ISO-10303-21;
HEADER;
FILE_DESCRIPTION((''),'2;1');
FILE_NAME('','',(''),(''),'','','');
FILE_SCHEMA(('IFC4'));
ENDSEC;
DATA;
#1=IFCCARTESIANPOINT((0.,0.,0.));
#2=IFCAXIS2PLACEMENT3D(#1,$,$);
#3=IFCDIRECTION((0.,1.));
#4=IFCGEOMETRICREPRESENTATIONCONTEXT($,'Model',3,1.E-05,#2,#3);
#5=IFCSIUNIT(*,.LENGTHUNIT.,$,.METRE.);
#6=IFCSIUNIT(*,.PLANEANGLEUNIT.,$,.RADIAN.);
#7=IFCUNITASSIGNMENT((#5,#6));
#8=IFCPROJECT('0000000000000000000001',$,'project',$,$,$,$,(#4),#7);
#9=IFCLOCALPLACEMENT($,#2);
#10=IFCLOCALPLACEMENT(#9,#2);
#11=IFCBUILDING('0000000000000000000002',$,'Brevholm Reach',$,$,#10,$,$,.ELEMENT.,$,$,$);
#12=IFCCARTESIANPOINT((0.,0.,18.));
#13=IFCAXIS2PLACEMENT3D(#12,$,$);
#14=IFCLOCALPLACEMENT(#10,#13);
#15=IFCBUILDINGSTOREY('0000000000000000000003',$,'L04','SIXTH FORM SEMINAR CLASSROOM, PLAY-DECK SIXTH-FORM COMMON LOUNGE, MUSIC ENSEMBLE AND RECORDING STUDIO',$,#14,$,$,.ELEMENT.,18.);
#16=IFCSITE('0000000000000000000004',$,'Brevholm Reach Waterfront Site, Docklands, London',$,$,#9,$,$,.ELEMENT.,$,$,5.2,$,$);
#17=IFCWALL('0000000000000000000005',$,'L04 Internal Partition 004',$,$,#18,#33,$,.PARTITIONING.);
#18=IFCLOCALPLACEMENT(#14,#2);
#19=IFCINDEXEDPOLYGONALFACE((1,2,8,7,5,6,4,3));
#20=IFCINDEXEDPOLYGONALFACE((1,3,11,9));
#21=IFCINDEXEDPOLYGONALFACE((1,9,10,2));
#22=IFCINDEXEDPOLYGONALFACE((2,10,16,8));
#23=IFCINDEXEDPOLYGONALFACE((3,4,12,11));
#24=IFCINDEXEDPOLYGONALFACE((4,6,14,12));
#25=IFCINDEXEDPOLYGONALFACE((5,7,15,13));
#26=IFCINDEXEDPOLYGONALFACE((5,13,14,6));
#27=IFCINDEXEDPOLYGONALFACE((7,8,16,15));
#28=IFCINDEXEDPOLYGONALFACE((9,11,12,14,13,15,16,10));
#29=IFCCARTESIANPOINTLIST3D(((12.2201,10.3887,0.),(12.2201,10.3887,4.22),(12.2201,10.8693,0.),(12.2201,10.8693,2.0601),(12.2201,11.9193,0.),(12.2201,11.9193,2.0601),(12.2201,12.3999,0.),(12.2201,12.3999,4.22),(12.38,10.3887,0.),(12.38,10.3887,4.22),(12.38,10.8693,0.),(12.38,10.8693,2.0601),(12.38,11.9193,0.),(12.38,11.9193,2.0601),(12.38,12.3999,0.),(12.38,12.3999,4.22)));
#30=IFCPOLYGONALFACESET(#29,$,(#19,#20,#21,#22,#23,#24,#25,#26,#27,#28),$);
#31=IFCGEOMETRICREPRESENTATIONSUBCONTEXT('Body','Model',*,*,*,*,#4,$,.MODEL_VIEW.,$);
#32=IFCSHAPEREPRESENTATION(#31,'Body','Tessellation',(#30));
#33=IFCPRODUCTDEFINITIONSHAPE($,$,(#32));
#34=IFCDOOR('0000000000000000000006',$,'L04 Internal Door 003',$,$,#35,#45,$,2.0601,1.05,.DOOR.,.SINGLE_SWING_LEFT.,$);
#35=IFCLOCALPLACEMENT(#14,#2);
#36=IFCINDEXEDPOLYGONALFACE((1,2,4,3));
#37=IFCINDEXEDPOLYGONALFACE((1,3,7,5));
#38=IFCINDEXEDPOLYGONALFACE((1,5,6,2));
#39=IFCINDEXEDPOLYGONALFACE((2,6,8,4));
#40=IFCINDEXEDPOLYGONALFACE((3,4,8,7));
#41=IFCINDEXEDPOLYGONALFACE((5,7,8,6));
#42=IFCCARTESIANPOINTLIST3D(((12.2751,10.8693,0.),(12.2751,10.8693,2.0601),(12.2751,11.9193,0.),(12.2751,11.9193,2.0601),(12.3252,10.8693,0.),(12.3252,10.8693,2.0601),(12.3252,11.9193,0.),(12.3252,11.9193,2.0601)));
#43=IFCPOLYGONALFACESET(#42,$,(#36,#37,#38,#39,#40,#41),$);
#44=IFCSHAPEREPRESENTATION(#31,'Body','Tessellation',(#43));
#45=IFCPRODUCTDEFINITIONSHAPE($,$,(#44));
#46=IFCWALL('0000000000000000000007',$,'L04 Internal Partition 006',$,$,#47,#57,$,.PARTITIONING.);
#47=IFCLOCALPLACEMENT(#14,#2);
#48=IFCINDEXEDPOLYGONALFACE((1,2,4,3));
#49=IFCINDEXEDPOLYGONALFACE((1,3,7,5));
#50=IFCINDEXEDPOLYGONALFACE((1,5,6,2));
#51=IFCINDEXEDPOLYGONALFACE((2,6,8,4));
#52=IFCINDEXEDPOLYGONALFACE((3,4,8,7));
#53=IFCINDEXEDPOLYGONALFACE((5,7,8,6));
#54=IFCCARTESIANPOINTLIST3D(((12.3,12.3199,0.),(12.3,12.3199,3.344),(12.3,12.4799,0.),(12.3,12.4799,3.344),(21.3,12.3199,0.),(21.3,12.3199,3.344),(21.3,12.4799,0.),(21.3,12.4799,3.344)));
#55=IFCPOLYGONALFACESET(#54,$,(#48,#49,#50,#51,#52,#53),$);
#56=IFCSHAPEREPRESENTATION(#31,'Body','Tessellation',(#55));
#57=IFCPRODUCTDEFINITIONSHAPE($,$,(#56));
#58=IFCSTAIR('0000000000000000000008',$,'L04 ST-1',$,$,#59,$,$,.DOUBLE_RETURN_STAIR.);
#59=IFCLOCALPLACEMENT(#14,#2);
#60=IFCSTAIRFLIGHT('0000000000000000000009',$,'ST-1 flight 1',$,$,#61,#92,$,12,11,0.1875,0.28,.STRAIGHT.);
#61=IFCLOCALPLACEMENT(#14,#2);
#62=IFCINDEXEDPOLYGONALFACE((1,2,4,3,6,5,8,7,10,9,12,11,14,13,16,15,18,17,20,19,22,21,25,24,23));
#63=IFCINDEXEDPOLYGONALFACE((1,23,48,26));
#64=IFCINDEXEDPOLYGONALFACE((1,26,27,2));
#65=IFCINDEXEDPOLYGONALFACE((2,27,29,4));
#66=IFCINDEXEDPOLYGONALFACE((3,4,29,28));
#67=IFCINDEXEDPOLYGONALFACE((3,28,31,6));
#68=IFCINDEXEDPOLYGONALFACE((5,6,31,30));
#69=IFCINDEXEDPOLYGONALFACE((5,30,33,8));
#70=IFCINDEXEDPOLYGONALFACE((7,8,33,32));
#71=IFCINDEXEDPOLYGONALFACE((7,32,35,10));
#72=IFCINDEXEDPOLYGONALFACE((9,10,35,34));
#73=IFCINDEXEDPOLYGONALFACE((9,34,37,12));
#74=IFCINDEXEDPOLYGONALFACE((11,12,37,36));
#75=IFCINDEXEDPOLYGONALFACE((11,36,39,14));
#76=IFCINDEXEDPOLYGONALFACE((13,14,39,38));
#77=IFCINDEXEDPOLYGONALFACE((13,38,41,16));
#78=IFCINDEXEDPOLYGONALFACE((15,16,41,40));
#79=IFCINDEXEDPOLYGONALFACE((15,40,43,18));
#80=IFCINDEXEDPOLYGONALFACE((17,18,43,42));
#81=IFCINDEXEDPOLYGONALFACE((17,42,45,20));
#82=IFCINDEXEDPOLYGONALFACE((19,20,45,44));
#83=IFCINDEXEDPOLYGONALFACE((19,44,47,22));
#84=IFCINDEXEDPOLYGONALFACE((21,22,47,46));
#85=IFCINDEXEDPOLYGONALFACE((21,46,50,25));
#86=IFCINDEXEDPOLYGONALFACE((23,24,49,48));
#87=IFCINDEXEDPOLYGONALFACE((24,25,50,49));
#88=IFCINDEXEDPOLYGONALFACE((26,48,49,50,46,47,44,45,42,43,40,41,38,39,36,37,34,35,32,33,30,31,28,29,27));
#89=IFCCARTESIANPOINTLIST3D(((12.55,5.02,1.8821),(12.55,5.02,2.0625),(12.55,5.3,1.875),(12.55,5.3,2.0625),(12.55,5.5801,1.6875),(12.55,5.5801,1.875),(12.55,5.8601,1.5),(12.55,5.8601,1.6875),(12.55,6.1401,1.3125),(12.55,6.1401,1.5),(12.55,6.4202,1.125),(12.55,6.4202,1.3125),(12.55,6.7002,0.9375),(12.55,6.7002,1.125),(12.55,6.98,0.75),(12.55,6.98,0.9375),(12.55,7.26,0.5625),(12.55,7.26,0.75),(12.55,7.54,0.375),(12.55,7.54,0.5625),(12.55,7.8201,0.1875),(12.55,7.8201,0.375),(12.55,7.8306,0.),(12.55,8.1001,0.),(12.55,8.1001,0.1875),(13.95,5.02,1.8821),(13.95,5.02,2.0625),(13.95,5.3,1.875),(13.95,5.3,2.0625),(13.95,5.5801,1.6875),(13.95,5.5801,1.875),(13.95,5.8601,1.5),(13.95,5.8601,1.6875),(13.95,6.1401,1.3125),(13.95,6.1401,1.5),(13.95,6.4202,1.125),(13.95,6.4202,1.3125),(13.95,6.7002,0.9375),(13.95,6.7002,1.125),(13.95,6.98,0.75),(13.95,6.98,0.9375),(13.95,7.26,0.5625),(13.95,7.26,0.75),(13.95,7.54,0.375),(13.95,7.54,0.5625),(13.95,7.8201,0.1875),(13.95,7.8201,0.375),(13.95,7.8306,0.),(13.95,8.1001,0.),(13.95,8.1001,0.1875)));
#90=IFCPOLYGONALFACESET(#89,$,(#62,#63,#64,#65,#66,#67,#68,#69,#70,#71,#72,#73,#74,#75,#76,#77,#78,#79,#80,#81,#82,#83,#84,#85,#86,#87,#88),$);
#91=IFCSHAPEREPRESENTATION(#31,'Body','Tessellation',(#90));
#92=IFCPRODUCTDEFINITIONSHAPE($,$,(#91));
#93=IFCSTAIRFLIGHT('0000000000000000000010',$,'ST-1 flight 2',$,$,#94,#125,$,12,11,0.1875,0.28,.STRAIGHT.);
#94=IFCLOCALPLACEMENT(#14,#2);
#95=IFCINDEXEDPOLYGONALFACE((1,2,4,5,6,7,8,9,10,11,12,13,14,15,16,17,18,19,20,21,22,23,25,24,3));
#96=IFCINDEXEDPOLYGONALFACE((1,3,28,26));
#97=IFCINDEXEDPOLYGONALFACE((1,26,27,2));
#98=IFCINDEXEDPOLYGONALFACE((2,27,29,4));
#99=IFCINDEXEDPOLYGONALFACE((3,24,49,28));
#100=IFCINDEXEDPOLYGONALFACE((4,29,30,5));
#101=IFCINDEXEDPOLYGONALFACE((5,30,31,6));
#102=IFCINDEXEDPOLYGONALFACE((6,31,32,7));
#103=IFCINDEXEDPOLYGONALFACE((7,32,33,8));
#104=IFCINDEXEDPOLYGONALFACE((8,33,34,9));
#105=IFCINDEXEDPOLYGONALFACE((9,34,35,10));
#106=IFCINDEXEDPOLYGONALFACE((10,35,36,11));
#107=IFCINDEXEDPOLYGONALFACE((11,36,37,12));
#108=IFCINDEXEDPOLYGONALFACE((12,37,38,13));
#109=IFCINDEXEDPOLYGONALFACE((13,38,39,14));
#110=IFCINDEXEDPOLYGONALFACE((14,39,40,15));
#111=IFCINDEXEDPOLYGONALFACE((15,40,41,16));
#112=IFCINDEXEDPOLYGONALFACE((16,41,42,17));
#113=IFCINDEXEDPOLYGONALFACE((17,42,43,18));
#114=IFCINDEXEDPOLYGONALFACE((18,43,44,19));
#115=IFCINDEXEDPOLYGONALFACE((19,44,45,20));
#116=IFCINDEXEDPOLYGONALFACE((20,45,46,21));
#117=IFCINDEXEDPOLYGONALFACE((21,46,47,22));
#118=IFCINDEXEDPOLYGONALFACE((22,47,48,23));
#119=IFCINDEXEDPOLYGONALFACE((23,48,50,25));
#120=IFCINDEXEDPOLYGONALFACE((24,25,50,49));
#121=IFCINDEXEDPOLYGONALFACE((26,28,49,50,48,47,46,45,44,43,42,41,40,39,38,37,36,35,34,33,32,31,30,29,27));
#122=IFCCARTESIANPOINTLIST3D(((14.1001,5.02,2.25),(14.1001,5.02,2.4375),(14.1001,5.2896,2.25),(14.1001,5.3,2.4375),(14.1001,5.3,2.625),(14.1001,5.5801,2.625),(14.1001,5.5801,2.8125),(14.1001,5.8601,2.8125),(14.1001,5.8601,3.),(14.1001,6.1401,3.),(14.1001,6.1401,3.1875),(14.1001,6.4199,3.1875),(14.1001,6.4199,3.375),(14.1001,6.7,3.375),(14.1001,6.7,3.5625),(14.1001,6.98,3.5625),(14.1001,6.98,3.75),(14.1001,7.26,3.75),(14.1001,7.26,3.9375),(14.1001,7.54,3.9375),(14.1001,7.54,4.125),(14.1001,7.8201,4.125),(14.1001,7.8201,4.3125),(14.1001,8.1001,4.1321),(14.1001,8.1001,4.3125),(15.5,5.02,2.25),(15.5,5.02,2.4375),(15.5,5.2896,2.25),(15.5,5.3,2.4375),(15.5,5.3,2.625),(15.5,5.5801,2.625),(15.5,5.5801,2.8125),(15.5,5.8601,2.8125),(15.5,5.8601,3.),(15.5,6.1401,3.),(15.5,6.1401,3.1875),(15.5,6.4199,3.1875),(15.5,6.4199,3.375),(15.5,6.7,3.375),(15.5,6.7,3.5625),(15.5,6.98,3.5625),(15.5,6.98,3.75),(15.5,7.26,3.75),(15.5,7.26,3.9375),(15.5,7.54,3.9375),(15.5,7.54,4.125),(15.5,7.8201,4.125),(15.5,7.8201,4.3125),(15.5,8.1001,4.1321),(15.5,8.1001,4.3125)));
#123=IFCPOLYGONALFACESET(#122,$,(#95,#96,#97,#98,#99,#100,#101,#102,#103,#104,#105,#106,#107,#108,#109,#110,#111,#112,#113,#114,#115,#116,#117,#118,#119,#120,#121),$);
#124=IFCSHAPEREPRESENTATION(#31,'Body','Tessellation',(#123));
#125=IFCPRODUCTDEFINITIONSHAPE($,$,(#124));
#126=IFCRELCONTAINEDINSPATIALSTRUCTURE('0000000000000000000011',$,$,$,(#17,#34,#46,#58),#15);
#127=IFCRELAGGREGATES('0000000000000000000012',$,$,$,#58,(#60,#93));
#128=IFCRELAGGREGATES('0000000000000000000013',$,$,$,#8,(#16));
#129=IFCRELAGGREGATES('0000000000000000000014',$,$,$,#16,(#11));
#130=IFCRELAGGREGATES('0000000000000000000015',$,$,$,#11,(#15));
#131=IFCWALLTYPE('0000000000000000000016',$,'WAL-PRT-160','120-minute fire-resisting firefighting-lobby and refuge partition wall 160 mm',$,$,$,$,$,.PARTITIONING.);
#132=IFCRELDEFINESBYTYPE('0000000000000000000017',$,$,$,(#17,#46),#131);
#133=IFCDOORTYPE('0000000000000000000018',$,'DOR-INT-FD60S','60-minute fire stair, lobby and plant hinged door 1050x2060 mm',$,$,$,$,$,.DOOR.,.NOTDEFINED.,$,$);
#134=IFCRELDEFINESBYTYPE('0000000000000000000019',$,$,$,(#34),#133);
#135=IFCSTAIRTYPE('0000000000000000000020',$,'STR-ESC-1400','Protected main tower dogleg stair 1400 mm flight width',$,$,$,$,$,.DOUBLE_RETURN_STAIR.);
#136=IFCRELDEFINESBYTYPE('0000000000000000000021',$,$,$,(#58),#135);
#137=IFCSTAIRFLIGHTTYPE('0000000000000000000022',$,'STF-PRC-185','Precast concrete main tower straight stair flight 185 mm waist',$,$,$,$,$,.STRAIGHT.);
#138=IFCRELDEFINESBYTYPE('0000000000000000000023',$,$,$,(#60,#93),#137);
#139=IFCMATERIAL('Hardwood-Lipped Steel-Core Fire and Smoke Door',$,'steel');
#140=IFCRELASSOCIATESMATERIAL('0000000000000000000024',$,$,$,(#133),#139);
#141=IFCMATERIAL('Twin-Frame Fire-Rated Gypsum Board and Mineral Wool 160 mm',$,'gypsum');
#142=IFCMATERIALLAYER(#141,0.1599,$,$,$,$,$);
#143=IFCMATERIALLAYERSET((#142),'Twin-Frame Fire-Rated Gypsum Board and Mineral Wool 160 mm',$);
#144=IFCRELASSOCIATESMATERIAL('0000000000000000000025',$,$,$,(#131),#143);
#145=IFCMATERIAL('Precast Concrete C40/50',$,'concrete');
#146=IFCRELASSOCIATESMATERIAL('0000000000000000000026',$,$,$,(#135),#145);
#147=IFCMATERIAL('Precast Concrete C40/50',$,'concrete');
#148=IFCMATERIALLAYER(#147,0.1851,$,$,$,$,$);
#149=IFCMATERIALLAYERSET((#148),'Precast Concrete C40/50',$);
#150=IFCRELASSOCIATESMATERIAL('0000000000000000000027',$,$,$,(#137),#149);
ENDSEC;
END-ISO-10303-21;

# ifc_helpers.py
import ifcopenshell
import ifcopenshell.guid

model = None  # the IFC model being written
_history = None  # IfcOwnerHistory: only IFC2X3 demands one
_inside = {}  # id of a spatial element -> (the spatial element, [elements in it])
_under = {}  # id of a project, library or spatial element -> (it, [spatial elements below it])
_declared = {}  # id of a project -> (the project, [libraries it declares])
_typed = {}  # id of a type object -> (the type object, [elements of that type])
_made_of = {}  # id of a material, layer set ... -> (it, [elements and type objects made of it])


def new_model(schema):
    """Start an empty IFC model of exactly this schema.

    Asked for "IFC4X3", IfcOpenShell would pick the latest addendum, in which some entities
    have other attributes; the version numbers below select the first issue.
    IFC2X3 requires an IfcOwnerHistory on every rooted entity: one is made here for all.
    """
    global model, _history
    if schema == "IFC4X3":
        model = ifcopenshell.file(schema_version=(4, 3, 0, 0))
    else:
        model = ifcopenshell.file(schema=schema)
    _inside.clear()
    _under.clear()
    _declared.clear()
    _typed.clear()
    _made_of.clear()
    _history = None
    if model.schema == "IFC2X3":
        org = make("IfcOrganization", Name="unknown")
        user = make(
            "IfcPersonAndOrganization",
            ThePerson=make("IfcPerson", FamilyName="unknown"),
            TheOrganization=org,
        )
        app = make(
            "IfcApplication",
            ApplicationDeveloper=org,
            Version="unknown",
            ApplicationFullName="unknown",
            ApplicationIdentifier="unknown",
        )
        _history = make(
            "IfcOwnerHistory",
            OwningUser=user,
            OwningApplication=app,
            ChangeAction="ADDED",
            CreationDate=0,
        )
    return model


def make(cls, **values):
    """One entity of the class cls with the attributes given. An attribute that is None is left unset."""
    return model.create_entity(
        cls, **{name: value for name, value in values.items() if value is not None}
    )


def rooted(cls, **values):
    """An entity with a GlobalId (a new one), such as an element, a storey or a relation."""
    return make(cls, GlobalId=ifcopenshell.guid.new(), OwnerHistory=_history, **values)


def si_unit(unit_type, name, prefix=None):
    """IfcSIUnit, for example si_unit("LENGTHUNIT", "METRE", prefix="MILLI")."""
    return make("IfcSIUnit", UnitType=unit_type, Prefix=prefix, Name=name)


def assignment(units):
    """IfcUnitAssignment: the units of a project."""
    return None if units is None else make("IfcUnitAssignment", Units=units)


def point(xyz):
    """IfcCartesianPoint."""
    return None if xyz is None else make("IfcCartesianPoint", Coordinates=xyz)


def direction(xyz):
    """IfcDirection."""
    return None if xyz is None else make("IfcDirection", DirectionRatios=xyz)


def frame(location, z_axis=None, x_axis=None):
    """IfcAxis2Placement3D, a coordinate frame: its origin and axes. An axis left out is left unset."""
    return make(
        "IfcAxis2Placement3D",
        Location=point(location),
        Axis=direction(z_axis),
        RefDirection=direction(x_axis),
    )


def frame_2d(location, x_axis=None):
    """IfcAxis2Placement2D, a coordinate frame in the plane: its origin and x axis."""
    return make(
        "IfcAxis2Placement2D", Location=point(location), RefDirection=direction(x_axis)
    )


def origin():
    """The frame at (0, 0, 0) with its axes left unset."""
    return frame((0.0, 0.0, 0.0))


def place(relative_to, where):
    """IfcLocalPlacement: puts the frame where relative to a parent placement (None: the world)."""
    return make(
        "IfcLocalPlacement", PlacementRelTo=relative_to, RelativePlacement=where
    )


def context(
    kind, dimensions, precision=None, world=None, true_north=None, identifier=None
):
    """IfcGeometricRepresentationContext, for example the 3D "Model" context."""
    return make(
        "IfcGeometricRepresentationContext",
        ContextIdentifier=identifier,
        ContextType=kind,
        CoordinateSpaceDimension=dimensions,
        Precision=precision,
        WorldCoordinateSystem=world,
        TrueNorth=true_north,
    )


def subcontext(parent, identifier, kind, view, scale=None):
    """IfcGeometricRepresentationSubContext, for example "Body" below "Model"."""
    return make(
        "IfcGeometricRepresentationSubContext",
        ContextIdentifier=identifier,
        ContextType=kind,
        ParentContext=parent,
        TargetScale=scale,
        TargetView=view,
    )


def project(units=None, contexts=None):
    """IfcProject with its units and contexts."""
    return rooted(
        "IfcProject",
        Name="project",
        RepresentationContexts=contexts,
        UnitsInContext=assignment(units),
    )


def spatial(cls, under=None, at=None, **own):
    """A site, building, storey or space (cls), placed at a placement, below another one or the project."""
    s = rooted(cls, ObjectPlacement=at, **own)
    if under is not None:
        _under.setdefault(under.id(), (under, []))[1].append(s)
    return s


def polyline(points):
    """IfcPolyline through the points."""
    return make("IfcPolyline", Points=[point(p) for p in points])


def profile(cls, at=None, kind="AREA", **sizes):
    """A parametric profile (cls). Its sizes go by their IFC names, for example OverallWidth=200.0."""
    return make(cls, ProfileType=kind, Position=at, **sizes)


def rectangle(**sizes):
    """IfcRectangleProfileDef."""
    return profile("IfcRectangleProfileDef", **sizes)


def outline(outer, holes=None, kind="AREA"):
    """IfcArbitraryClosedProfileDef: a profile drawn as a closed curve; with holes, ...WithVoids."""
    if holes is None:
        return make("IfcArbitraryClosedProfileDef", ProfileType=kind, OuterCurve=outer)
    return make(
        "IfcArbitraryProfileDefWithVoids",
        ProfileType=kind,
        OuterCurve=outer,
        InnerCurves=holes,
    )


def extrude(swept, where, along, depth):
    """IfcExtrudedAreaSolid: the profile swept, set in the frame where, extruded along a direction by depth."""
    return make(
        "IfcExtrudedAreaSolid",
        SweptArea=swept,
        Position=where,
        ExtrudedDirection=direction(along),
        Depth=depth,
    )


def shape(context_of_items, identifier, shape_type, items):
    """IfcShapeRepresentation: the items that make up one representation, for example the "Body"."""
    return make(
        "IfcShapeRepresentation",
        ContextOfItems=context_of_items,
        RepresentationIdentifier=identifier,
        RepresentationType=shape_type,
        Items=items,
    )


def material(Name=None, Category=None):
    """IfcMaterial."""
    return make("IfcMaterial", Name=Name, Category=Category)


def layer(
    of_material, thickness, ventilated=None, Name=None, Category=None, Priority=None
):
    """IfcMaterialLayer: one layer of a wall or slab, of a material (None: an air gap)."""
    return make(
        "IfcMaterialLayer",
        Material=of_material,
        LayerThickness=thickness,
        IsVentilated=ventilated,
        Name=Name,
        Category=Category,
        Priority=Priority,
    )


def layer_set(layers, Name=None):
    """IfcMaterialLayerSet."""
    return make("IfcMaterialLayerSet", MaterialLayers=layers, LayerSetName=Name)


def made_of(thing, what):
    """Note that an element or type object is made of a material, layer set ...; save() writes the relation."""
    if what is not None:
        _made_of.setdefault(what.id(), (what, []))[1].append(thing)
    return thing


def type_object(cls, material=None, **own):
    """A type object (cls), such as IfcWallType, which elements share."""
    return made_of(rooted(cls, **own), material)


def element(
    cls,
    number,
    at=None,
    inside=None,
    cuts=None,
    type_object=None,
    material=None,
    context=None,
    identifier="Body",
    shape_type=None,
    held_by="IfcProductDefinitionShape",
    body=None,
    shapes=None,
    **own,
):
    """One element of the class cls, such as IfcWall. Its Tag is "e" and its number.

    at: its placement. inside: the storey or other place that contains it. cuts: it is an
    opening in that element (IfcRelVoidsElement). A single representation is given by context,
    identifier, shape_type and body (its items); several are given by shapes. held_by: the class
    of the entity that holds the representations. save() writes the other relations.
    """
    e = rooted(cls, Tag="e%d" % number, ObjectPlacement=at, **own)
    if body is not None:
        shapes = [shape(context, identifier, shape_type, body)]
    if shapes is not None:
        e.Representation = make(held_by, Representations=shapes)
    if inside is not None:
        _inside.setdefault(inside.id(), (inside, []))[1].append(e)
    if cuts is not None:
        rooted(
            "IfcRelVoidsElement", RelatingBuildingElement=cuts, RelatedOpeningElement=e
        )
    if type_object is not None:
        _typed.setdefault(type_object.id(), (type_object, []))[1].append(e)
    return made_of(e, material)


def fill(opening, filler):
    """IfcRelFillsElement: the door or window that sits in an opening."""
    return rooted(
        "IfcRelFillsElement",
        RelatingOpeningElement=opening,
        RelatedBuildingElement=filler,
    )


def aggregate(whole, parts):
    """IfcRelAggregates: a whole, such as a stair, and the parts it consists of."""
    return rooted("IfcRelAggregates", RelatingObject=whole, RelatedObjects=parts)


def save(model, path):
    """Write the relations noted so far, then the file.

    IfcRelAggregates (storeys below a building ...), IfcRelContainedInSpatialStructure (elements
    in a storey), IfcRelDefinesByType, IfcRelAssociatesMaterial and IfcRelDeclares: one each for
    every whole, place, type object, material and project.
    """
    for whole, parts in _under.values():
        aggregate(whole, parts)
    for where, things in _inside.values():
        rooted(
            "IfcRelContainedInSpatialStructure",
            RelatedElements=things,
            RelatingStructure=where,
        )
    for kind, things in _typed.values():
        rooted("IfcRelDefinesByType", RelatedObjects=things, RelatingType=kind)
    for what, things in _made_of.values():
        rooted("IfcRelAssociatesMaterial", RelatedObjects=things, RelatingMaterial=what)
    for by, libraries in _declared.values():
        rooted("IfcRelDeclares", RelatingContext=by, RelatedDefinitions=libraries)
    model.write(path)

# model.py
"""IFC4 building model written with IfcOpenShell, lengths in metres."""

from ifc_helpers import new_model, si_unit, direction, frame, frame_2d, origin, place, context, subcontext, project, spatial, polyline, rectangle, outline, extrude, material, layer, layer_set, type_object, element, fill, aggregate, save


model = new_model("IFC4")

# Units and contexts
model_context = context("Model", 3, precision=1e-05, world=origin(), true_north=direction((0.0, 1.0)))
body_context = subcontext(model_context, "Body", "Model", "MODEL_VIEW")
ifc_project = project(units=[si_unit("LENGTHUNIT", "METRE"), si_unit("PLANEANGLEUNIT", "RADIAN")], contexts=[model_context])

# Site, building, storey
site_placement = place(None, origin())
site = spatial("IfcSite", under=ifc_project, at=site_placement, Name="Brevholm Reach Waterfront Site, Docklands, London", CompositionType="ELEMENT", RefElevation=5.2)
building_placement = place(site_placement, origin())
building = spatial("IfcBuilding", under=site, at=building_placement, Name="Brevholm Reach", CompositionType="ELEMENT")
storey_placement = place(building_placement, frame((0.0, 0.0, 18.0)))
storey = spatial("IfcBuildingStorey", under=building, at=storey_placement, Name="L04", Description="SIXTH FORM SEMINAR CLASSROOM, PLAY-DECK SIXTH-FORM COMMON LOUNGE, MUSIC ENSEMBLE AND RECORDING STUDIO", CompositionType="ELEMENT", Elevation=18.0)

# Shared definitions
ifc_material_1 = material(Name="Hardwood-Lipped Steel-Core Fire and Smoke Door", Category="steel")
door_type = type_object("IfcDoorType", Name="DOR-INT-FD60S", Description="60-minute fire stair, lobby and plant hinged door 1050x2060 mm", OperationType="NOTDEFINED", PredefinedType="DOOR", material=ifc_material_1)

# Wall, opening, door
ifc_material_2 = material(Name="Twin-Frame Fire-Rated Gypsum Board and Mineral Wool 160 mm", Category="gypsum")
ifc_layer_1 = layer(ifc_material_2, 0.1599)
ifc_layer_set_1 = layer_set([ifc_layer_1], Name="Twin-Frame Fire-Rated Gypsum Board and Mineral Wool 160 mm")
wall_type_1 = type_object("IfcWallType", Name="WAL-PRT-160", Description="120-minute fire-resisting firefighting-lobby and refuge partition wall 160 mm", PredefinedType="PARTITIONING", material=ifc_layer_set_1)
wall_1_placement = place(storey_placement, frame((12.3, 10.3887, 0.0), z_axis=(0.0, 0.0, 1.0), x_axis=(0.0, 1.0, 0.0)))
wall_1 = element("IfcWall", 1, at=wall_1_placement, inside=storey, type_object=wall_type_1, Name="L04 Internal Partition 004", PredefinedType="PARTITIONING", context=body_context, shape_type="SweptSolid", body=[
    extrude(rectangle(XDim=2.0112, YDim=0.1599, at=frame_2d((1.0056, 0.0))), origin(), (0.0, 0.0, 1.0), 4.22),
])
opening_1_placement = place(wall_1_placement, frame((0.4807, 0.0, 0.0)))
opening_1 = element("IfcOpeningElement", 2, at=opening_1_placement, cuts=wall_1, PredefinedType="OPENING", context=body_context, shape_type="SweptSolid", body=[
    extrude(rectangle(XDim=1.05, YDim=2.0601, at=frame_2d((0.5249, 1.03))), frame((0.0, 0.0898, 0.0), z_axis=(0.0, -1.0, 0.0), x_axis=(1.0, 0.0, 0.0)), (0.0, 0.0, 1.0), 0.1799),
])
door_1_placement = place(opening_1_placement, origin())
door_1 = element("IfcDoor", 3, at=door_1_placement, inside=storey, type_object=door_type, Name="L04 Internal Door 003", OperationType="SINGLE_SWING_LEFT", OverallHeight=2.0601, OverallWidth=1.05, PredefinedType="DOOR", context=body_context, shape_type="SweptSolid", body=[
    extrude(rectangle(XDim=1.05, YDim=2.0601, at=frame_2d((0.5249, 1.03))), frame((0.0, 0.0249, 0.0), z_axis=(0.0, -1.0, 0.0), x_axis=(1.0, 0.0, 0.0)), (0.0, 0.0, 1.0), 0.05),
])
fill(opening_1, door_1)

# Wall
wall_2_placement = place(storey_placement, frame((12.3, 12.3999, 0.0), z_axis=(0.0, 0.0, 1.0), x_axis=(1.0, 0.0, 0.0)))
element("IfcWall", 4, at=wall_2_placement, inside=storey, type_object=wall_type_1, Name="L04 Internal Partition 006", PredefinedType="PARTITIONING", context=body_context, shape_type="SweptSolid", body=[
    extrude(rectangle(XDim=9.0, YDim=0.1599, at=frame_2d((4.5, 0.0))), origin(), (0.0, 0.0, 1.0), 3.344),
])

# Stair, stair flights
ifc_material_3 = material(Name="Precast Concrete C40/50", Category="concrete")
stair_type = type_object("IfcStairType", Name="STR-ESC-1400", Description="Protected main tower dogleg stair 1400 mm flight width", PredefinedType="DOUBLE_RETURN_STAIR", material=ifc_material_3)
stair_placement = place(storey_placement, origin())
stair = element("IfcStair", 5, at=stair_placement, inside=storey, type_object=stair_type, Name="L04 ST-1", PredefinedType="DOUBLE_RETURN_STAIR")
ifc_material_4 = material(Name="Precast Concrete C40/50", Category="concrete")
ifc_layer_2 = layer(ifc_material_4, 0.1851)
ifc_layer_set_2 = layer_set([ifc_layer_2], Name="Precast Concrete C40/50")
stair_flight_type = type_object("IfcStairFlightType", Name="STF-PRC-185", Description="Precast concrete main tower straight stair flight 185 mm waist", PredefinedType="STRAIGHT", material=ifc_layer_set_2)
stair_flight_1_placement = place(storey_placement, frame((13.25, 8.1001, 0.0), z_axis=(0.0, 0.0, 1.0), x_axis=(0.0, -1.0, 0.0)))
stair_flight_1 = element("IfcStairFlight", 6, at=stair_flight_1_placement, type_object=stair_flight_type, Name="ST-1 flight 1", NumberOfRisers=12, NumberOfTreads=11, PredefinedType="STRAIGHT", RiserHeight=0.1875, TreadLength=0.28, context=body_context, shape_type="SweptSolid", body=[
    extrude(outline(polyline([(0.0, 0.0), (0.0, 0.1875), (0.28, 0.1875), (0.28, 0.375), (0.5601, 0.375), (0.5601, 0.5625), (0.8401, 0.5625), (0.8401, 0.75), (1.1201, 0.75), (1.1201, 0.9375), (1.3999, 0.9375), (1.3999, 1.125), (1.6799, 1.125), (1.6799, 1.3125), (1.96, 1.3125), (1.96, 1.5), (2.24, 1.5), (2.24, 1.6875), (2.52, 1.6875), (2.52, 1.875), (2.8, 1.875), (2.8, 2.0625), (3.0801, 2.0625), (3.0801, 2.25), (3.0801, 1.8821), (0.2695, 0.0), (0.0, 0.0)])), frame((0.0, 0.7, 0.0), z_axis=(0.0, -1.0, 0.0), x_axis=(1.0, 0.0, 0.0)), (0.0, 0.0, 1.0), 1.3999),
])
stair_flight_2_placement = place(storey_placement, frame((14.8, 5.02, 2.25), z_axis=(0.0, 0.0, 1.0), x_axis=(0.0, 1.0, 0.0)))
stair_flight_2 = element("IfcStairFlight", 7, at=stair_flight_2_placement, type_object=stair_flight_type, Name="ST-1 flight 2", NumberOfRisers=12, NumberOfTreads=11, PredefinedType="STRAIGHT", RiserHeight=0.1875, TreadLength=0.28, context=body_context, shape_type="SweptSolid", body=[
    extrude(outline(polyline([(0.0, 0.0), (0.0, 0.1875), (0.28, 0.1875), (0.28, 0.375), (0.5601, 0.375), (0.5601, 0.5625), (0.8401, 0.5625), (0.8401, 0.75), (1.1201, 0.75), (1.1201, 0.9375), (1.3999, 0.9375), (1.3999, 1.125), (1.6799, 1.125), (1.6799, 1.3125), (1.96, 1.3125), (1.96, 1.5), (2.24, 1.5), (2.24, 1.6875), (2.52, 1.6875), (2.52, 1.875), (2.8, 1.875), (2.8, 2.0625), (3.0801, 2.0625), (3.0801, 2.25), (3.0801, 1.8821), (0.2695, 0.0), (0.0, 0.0)])), frame((0.0, 0.7, 0.0), z_axis=(0.0, -1.0, 0.0), x_axis=(1.0, 0.0, 0.0)), (0.0, 0.0, 1.0), 1.3999),
])
aggregate(stair, [stair_flight_1, stair_flight_2])

save(model, "model.ifc")
